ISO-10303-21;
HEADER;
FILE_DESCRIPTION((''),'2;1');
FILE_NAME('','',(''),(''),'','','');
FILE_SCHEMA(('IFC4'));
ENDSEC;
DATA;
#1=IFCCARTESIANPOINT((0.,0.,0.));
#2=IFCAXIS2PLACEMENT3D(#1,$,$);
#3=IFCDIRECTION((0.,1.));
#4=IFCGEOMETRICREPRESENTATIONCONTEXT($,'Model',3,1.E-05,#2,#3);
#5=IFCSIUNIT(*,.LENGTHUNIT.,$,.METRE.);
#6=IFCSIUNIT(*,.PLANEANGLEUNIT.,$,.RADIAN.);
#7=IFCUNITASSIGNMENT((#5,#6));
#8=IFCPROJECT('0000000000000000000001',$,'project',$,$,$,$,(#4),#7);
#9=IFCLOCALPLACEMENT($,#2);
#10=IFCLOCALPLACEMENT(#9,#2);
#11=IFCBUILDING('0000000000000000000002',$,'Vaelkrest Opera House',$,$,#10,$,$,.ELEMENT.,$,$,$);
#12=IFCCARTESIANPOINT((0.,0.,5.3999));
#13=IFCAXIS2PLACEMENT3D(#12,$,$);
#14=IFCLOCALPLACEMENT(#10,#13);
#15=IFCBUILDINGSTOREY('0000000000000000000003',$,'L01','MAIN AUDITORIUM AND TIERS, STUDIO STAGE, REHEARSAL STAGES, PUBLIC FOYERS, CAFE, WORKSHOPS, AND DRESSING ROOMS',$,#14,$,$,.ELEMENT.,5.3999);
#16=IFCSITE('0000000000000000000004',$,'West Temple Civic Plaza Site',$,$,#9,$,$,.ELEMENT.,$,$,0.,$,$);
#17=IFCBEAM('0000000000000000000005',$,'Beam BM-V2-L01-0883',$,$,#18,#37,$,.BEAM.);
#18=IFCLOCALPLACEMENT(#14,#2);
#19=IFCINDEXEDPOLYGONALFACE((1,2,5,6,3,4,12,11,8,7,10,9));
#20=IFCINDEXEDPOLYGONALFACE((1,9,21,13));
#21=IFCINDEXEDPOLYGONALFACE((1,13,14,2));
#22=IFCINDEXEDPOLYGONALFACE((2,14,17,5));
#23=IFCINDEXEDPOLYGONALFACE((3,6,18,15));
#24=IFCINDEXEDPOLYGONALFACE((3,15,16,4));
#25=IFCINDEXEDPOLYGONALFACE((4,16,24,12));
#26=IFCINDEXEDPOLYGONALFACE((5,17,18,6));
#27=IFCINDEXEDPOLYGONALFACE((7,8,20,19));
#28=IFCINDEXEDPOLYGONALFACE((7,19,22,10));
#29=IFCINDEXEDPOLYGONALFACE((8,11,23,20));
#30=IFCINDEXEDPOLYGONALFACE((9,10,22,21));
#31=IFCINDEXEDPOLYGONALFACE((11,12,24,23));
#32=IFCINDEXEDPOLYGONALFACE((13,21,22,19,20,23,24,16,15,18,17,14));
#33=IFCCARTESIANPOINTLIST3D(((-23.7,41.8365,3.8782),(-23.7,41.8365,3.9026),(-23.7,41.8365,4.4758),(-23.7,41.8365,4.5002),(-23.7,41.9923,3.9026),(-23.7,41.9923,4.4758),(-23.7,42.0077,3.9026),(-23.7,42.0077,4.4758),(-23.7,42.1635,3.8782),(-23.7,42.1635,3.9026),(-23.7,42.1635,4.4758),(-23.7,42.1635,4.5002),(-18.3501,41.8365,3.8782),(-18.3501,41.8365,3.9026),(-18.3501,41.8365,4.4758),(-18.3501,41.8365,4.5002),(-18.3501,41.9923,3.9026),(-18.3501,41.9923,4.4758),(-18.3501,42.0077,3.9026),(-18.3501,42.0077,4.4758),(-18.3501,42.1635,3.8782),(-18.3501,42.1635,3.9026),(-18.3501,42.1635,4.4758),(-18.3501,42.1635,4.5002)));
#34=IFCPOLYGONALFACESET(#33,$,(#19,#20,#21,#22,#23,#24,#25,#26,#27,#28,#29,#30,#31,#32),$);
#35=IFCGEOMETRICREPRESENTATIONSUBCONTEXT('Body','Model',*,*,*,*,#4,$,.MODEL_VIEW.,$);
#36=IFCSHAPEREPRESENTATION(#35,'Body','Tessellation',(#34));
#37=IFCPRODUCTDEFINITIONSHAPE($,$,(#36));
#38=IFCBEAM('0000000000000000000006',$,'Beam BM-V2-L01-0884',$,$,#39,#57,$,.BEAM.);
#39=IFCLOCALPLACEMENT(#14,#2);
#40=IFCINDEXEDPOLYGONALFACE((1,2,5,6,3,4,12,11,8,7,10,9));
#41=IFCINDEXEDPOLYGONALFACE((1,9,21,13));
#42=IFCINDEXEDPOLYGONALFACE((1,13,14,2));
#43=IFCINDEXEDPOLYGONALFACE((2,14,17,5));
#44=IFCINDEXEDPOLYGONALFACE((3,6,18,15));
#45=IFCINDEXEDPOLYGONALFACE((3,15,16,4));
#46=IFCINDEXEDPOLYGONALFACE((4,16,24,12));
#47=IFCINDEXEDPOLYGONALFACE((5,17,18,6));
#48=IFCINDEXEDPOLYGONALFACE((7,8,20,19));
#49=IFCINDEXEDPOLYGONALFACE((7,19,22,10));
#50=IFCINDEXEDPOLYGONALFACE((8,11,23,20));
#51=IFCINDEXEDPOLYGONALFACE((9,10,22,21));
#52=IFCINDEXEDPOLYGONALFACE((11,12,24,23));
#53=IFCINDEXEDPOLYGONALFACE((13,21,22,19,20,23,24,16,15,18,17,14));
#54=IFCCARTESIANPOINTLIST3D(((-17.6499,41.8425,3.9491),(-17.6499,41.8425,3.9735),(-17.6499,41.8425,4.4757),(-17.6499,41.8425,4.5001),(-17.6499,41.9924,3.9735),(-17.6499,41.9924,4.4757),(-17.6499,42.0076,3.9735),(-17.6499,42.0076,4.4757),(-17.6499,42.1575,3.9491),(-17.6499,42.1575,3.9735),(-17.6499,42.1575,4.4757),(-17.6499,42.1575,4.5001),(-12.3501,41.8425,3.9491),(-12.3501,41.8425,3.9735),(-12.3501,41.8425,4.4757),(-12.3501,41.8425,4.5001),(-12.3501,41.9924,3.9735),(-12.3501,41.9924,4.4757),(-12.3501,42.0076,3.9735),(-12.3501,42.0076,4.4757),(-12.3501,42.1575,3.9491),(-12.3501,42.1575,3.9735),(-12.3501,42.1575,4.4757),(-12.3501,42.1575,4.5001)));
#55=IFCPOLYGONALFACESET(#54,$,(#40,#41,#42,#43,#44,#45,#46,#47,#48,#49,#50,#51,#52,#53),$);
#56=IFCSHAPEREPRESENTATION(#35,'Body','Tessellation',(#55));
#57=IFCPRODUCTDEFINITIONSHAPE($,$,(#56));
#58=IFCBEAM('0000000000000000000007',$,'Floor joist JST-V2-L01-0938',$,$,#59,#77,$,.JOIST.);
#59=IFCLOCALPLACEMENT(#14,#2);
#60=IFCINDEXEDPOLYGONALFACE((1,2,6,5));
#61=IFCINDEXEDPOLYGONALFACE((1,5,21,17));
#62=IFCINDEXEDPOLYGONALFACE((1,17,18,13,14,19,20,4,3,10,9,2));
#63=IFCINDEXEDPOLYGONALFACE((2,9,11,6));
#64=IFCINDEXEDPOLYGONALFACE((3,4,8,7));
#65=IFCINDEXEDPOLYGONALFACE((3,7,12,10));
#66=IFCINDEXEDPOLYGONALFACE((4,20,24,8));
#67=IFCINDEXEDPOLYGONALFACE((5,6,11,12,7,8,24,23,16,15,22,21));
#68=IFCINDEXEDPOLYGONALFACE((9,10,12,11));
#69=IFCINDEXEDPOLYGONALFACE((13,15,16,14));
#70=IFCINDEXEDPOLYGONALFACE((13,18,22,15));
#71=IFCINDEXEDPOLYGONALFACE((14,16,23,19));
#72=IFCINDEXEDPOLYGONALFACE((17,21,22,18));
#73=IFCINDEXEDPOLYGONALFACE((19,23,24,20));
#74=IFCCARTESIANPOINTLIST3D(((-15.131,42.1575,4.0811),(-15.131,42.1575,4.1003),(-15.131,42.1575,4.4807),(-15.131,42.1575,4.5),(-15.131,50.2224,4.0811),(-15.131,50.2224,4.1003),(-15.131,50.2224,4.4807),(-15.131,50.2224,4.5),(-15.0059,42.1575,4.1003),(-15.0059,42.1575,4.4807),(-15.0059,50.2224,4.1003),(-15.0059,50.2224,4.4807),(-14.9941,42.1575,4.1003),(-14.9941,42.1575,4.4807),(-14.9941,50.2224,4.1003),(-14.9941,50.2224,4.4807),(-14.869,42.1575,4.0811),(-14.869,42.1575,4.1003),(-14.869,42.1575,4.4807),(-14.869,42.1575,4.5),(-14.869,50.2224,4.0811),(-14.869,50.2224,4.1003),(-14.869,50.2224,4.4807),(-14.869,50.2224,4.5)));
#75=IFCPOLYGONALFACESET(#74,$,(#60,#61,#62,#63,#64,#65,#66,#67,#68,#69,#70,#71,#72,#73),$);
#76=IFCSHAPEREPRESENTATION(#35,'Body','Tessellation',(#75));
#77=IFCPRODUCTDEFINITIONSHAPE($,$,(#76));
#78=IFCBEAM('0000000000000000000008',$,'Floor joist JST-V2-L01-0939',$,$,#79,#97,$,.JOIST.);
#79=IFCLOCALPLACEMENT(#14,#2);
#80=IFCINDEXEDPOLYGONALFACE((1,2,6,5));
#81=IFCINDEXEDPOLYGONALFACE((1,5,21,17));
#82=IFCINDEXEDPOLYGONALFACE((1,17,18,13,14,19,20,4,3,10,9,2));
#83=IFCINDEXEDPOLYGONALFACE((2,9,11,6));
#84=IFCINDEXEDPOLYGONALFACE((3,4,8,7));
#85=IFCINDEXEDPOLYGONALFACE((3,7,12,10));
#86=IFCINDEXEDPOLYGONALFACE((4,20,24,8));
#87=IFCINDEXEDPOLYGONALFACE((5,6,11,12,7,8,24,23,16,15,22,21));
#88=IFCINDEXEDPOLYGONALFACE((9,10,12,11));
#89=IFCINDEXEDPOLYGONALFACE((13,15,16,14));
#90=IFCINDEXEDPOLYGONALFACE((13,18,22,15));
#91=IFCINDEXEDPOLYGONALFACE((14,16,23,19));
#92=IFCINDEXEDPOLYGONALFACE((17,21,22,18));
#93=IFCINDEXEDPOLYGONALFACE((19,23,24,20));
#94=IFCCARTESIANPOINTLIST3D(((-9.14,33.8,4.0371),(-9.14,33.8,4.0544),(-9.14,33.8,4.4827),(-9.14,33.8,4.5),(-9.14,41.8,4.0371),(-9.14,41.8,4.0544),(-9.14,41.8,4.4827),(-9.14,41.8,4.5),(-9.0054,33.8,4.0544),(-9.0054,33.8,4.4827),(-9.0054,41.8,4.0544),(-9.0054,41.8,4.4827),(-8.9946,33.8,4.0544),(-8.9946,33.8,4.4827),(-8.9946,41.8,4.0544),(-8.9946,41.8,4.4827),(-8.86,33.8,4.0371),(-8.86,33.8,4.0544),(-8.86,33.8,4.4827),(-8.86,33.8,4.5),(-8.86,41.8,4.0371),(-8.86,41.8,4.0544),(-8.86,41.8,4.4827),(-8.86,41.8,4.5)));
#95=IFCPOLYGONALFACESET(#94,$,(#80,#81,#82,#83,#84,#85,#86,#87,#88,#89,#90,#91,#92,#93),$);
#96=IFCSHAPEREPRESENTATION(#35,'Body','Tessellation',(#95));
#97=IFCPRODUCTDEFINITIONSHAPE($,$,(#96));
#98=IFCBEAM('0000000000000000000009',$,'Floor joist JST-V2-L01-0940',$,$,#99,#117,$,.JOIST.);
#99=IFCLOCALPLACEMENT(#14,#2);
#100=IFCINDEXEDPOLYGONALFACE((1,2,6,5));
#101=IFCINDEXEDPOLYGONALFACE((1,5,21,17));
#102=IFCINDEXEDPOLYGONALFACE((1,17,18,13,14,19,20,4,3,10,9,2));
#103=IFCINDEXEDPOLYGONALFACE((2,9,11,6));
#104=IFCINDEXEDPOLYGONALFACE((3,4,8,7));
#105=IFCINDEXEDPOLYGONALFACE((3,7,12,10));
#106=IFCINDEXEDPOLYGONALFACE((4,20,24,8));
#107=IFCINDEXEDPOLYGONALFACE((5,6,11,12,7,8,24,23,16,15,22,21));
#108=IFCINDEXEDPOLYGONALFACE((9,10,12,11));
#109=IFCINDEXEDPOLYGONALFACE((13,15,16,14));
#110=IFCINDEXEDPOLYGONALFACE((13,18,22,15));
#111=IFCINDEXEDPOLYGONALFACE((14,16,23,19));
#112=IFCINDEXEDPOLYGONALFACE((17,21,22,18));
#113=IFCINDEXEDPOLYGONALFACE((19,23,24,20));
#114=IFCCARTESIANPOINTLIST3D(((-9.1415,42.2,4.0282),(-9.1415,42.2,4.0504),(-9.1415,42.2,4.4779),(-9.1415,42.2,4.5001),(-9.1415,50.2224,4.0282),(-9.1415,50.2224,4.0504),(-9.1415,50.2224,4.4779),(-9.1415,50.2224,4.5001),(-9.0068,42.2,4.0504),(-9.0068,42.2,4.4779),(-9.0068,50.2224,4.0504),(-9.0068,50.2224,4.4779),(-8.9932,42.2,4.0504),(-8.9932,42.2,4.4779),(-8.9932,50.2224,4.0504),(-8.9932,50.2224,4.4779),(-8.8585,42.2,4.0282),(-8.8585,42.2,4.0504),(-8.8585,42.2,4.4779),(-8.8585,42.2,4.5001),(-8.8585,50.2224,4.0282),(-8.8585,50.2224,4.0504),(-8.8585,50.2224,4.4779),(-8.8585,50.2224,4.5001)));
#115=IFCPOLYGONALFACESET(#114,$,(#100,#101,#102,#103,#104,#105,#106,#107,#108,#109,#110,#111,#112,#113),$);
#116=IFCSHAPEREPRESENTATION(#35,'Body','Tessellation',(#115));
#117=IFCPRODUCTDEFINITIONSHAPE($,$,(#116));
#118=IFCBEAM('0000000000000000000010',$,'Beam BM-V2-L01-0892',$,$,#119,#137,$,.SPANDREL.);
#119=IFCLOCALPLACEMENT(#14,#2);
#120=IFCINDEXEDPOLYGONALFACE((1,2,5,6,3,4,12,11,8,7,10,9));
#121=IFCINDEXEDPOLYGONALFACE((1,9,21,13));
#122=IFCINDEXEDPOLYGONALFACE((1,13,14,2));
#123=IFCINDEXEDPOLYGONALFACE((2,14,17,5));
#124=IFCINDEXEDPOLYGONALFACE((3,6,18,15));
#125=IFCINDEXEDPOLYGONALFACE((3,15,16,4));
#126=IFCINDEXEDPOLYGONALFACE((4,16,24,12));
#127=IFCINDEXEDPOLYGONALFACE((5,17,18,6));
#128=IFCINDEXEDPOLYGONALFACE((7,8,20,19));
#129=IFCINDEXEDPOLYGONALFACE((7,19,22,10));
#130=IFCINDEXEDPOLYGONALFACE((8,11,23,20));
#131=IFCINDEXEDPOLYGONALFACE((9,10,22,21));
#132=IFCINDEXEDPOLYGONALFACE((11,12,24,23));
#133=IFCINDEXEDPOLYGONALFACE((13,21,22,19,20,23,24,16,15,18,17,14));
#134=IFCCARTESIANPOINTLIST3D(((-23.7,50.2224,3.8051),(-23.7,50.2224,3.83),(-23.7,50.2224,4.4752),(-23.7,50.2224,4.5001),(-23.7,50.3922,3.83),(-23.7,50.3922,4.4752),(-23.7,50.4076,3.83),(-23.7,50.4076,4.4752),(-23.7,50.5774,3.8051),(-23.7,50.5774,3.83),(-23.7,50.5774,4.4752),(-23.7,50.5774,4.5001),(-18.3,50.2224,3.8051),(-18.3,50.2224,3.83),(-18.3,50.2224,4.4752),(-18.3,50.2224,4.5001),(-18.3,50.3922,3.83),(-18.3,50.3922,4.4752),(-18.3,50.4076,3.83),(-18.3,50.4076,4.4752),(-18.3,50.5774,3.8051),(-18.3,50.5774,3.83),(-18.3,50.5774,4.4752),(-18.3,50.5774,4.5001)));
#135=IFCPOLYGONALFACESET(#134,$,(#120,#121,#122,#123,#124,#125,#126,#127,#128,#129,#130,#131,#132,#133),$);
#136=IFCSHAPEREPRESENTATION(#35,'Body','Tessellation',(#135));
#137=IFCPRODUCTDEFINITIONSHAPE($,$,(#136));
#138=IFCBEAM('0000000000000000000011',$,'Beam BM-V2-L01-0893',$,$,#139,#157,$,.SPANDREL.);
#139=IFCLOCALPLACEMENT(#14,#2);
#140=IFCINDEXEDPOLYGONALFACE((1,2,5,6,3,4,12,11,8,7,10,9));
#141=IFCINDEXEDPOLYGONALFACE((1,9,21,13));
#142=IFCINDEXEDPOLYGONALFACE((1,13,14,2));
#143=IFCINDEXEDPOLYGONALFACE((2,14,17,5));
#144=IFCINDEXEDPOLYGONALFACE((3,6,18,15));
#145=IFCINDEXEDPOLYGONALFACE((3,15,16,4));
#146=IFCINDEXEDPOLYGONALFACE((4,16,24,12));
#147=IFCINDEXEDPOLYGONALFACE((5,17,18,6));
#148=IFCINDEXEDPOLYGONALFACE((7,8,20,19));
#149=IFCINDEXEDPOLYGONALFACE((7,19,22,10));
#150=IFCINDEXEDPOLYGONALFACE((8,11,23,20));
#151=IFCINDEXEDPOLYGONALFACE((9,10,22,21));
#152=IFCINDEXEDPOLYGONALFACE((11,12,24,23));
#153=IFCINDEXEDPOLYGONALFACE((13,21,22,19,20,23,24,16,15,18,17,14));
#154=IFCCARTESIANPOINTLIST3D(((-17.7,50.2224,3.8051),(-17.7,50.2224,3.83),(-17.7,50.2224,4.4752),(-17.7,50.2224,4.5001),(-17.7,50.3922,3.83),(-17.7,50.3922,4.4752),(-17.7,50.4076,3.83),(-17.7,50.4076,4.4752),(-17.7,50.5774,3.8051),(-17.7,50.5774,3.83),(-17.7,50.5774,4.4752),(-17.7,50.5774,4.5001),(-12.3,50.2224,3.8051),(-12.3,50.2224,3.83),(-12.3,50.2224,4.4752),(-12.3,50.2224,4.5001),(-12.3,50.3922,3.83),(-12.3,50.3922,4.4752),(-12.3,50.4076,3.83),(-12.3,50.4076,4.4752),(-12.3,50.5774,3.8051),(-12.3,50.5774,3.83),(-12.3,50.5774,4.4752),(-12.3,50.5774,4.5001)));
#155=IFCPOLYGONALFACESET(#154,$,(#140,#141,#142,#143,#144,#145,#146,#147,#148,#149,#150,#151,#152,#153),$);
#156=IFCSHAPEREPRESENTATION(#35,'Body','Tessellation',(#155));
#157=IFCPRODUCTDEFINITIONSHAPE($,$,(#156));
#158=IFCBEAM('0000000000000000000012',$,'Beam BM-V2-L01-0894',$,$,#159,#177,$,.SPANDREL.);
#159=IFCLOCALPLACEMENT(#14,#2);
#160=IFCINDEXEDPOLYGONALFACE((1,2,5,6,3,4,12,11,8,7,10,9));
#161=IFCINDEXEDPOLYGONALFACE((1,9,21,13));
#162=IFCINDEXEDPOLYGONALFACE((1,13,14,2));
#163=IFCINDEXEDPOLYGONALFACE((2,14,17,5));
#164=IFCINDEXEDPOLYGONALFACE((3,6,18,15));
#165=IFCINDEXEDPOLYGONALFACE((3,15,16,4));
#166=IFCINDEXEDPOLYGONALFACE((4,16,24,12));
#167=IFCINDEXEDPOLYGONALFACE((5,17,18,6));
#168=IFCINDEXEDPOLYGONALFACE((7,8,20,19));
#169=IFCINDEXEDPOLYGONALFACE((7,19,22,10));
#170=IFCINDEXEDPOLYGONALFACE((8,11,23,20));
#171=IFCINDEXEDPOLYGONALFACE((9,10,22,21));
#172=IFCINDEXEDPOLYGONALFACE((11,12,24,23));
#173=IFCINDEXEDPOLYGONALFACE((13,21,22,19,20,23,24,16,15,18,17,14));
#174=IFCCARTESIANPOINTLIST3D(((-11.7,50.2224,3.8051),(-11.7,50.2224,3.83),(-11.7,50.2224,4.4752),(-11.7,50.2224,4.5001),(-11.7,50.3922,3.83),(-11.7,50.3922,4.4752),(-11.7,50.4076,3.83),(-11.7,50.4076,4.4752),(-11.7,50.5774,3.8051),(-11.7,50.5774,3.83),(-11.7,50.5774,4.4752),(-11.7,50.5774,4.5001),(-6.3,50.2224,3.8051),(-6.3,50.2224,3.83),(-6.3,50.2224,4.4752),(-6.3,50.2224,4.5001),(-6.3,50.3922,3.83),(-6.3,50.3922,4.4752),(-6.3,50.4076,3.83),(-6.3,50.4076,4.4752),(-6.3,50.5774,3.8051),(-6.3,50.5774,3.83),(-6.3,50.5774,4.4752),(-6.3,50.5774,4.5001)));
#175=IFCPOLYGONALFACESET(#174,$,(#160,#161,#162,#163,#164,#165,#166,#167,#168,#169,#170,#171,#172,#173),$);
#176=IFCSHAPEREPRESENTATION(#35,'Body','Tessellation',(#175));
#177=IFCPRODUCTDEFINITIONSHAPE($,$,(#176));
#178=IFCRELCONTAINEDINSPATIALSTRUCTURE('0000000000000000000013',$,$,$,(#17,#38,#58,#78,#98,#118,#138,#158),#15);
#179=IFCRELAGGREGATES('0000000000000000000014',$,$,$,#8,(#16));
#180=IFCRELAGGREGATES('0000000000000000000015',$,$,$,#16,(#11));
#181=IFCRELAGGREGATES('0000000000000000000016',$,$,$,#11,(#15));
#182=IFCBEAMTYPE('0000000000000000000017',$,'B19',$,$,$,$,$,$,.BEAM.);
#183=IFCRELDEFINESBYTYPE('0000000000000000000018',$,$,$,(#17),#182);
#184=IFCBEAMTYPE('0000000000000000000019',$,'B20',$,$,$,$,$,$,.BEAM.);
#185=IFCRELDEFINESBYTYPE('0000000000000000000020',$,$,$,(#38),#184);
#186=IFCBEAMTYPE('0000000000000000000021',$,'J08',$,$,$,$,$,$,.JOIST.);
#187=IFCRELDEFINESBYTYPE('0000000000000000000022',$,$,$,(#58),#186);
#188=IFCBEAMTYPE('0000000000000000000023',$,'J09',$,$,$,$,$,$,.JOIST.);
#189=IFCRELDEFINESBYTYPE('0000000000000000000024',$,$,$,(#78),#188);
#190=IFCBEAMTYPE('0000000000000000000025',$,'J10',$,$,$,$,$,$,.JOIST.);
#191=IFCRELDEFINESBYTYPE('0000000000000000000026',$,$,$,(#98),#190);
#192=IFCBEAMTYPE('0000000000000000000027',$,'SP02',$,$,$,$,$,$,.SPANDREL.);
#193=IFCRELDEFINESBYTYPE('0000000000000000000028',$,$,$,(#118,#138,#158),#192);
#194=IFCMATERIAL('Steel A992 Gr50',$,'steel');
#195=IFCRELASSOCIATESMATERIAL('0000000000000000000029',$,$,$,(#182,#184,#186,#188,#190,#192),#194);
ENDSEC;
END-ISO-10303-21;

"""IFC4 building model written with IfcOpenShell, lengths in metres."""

from ifc_helpers import new_model, si_unit, direction, frame, origin, origin_2d, place, context, subcontext, project, spatial, i_section, extrude, material, material_profile, profile_set, type_object, element, save


model = new_model("IFC4")

# Units and contexts
model_context = context("Model", 3, precision=1e-05, world=origin(), true_north=direction((0.0, 1.0)))
body_context = subcontext(model_context, "Body", "Model", "MODEL_VIEW")
ifc_project = project(units=[si_unit("LENGTHUNIT", "METRE"), si_unit("PLANEANGLEUNIT", "RADIAN")], contexts=[model_context])

# Site, building, storey
site_placement = place(None, origin())
site = spatial("IfcSite", under=ifc_project, at=site_placement, Name="West Temple Civic Plaza Site", CompositionType="ELEMENT", RefElevation=0.0)
building_placement = place(site_placement, origin())
building = spatial("IfcBuilding", under=site, at=building_placement, Name="Vaelkrest Opera House", CompositionType="ELEMENT")
storey_placement = place(building_placement, frame((0.0, 0.0, 5.3999)))
storey = spatial("IfcBuildingStorey", under=building, at=storey_placement, Name="L01", Description="MAIN AUDITORIUM AND TIERS, STUDIO STAGE, REHEARSAL STAGES, PUBLIC FOYERS, CAFE, WORKSHOPS, AND DRESSING ROOMS", CompositionType="ELEMENT", Elevation=5.3999)

# Beams
ifc_material_1 = material(Name="Steel A992 Gr50", Category="steel")
ifc_material_profile_1 = material_profile(ifc_material_1, i_section(OverallWidth=0.3269, OverallDepth=0.6221, WebThickness=0.0154, FlangeThickness=0.0244, at=origin_2d()), Name="W24X131")
ifc_profile_set_1 = profile_set([ifc_material_profile_1], Name="Steel A992 Gr50")
beam_type_1 = type_object("IfcBeamType", Name="B19", PredefinedType="BEAM", material=ifc_profile_set_1)
beam_1_placement = place(storey_placement, frame((-23.7, 42.0, 4.1892), z_axis=(1.0, 0.0, 0.0), x_axis=(0.0, 1.0, 0.0)))
element("IfcBeam", 1, at=beam_1_placement, inside=storey, type_object=beam_type_1, Name="Beam BM-V2-L01-0883", PredefinedType="BEAM", context=body_context, shape_type="SweptSolid", body=[
    extrude(i_section(OverallWidth=0.3269, OverallDepth=0.6221, WebThickness=0.0154, FlangeThickness=0.0244, at=origin_2d()), origin(), (0.0, 0.0, 1.0), 5.3499),
])
ifc_material_profile_2 = material_profile(ifc_material_1, i_section(OverallWidth=0.3149, OverallDepth=0.551, WebThickness=0.0151, FlangeThickness=0.0244, at=origin_2d()), Name="W21X122")
ifc_profile_set_2 = profile_set([ifc_material_profile_2], Name="Steel A992 Gr50")
beam_type_2 = type_object("IfcBeamType", Name="B20", PredefinedType="BEAM", material=ifc_profile_set_2)
beam_2_placement = place(storey_placement, frame((-17.6499, 42.0, 4.2246), z_axis=(1.0, 0.0, 0.0), x_axis=(0.0, 1.0, 0.0)))
element("IfcBeam", 2, at=beam_2_placement, inside=storey, type_object=beam_type_2, Name="Beam BM-V2-L01-0884", PredefinedType="BEAM", context=body_context, shape_type="SweptSolid", body=[
    extrude(i_section(OverallWidth=0.3149, OverallDepth=0.551, WebThickness=0.0151, FlangeThickness=0.0244, at=origin_2d()), origin(), (0.0, 0.0, 1.0), 5.2998),
])
ifc_material_profile_3 = material_profile(ifc_material_1, i_section(OverallWidth=0.262, OverallDepth=0.4189, WebThickness=0.0117, FlangeThickness=0.0193, at=origin_2d()), Name="W16X77")
ifc_profile_set_3 = profile_set([ifc_material_profile_3], Name="Steel A992 Gr50")
beam_type_3 = type_object("IfcBeamType", Name="J08", PredefinedType="JOIST", material=ifc_profile_set_3)
beam_3_placement = place(storey_placement, frame((-15.0, 42.1575, 4.2905), z_axis=(0.0, 1.0, 0.0), x_axis=(-1.0, 0.0, 0.0)))
element("IfcBeam", 3, at=beam_3_placement, inside=storey, type_object=beam_type_3, Name="Floor joist JST-V2-L01-0938", PredefinedType="JOIST", context=body_context, shape_type="SweptSolid", body=[
    extrude(i_section(OverallWidth=0.262, OverallDepth=0.4189, WebThickness=0.0117, FlangeThickness=0.0193, at=origin_2d()), origin(), (0.0, 0.0, 1.0), 8.0649),
])
ifc_material_profile_4 = material_profile(ifc_material_1, i_section(OverallWidth=0.28, OverallDepth=0.4629, WebThickness=0.0107, FlangeThickness=0.0173, at=origin_2d()), Name="W18X76")
ifc_profile_set_4 = profile_set([ifc_material_profile_4], Name="Steel A992 Gr50")
beam_type_4 = type_object("IfcBeamType", Name="J09", PredefinedType="JOIST", material=ifc_profile_set_4)
beam_4_placement = place(storey_placement, frame((-9.0, 33.8, 4.2686), z_axis=(0.0, 1.0, 0.0), x_axis=(-1.0, 0.0, 0.0)))
element("IfcBeam", 4, at=beam_4_placement, inside=storey, type_object=beam_type_4, Name="Floor joist JST-V2-L01-0939", PredefinedType="JOIST", context=body_context, shape_type="SweptSolid", body=[
    extrude(i_section(OverallWidth=0.28, OverallDepth=0.4629, WebThickness=0.0107, FlangeThickness=0.0173, at=origin_2d()), origin(), (0.0, 0.0, 1.0), 8.0),
])
ifc_material_profile_5 = material_profile(ifc_material_1, i_section(OverallWidth=0.283, OverallDepth=0.4719, WebThickness=0.0137, FlangeThickness=0.0222, at=origin_2d()), Name="W18X97")
ifc_profile_set_5 = profile_set([ifc_material_profile_5], Name="Steel A992 Gr50")
beam_type_5 = type_object("IfcBeamType", Name="J10", PredefinedType="JOIST", material=ifc_profile_set_5)
beam_5_placement = place(storey_placement, frame((-9.0, 42.2, 4.2642), z_axis=(0.0, 1.0, 0.0), x_axis=(-1.0, 0.0, 0.0)))
element("IfcBeam", 5, at=beam_5_placement, inside=storey, type_object=beam_type_5, Name="Floor joist JST-V2-L01-0940", PredefinedType="JOIST", context=body_context, shape_type="SweptSolid", body=[
    extrude(i_section(OverallWidth=0.283, OverallDepth=0.4719, WebThickness=0.0137, FlangeThickness=0.0222, at=origin_2d()), origin(), (0.0, 0.0, 1.0), 8.0225),
])
ifc_material_profile_6 = material_profile(ifc_material_1, i_section(OverallWidth=0.355, OverallDepth=0.6951, WebThickness=0.0154, FlangeThickness=0.0249, at=origin_2d()), Name="W27X146")
ifc_profile_set_6 = profile_set([ifc_material_profile_6], Name="Steel A992 Gr50")
beam_type_6 = type_object("IfcBeamType", Name="SP02", PredefinedType="SPANDREL", material=ifc_profile_set_6)
for number, where, z_axis, x_axis, name in (
    (6, (-23.7, 50.3999, 4.1526), (1.0, 0.0, 0.0), (0.0, 1.0, 0.0), "Beam BM-V2-L01-0892"),
    (7, (-17.7, 50.3999, 4.1526), (1.0, 0.0, 0.0), (0.0, 1.0, 0.0), "Beam BM-V2-L01-0893"),
    (8, (-11.7, 50.3999, 4.1526), (1.0, 0.0, 0.0), (0.0, 1.0, 0.0), "Beam BM-V2-L01-0894"),
):
    element("IfcBeam", number, at=place(storey_placement, frame(where, z_axis=z_axis, x_axis=x_axis)), inside=storey, type_object=beam_type_6, Name=name, PredefinedType="SPANDREL", context=body_context, shape_type="SweptSolid", body=[
        extrude(i_section(OverallWidth=0.355, OverallDepth=0.6951, WebThickness=0.0154, FlangeThickness=0.0249, at=origin_2d()), origin(), (0.0, 0.0, 1.0), 5.3999),
    ])

save(model, "model.ifc")
